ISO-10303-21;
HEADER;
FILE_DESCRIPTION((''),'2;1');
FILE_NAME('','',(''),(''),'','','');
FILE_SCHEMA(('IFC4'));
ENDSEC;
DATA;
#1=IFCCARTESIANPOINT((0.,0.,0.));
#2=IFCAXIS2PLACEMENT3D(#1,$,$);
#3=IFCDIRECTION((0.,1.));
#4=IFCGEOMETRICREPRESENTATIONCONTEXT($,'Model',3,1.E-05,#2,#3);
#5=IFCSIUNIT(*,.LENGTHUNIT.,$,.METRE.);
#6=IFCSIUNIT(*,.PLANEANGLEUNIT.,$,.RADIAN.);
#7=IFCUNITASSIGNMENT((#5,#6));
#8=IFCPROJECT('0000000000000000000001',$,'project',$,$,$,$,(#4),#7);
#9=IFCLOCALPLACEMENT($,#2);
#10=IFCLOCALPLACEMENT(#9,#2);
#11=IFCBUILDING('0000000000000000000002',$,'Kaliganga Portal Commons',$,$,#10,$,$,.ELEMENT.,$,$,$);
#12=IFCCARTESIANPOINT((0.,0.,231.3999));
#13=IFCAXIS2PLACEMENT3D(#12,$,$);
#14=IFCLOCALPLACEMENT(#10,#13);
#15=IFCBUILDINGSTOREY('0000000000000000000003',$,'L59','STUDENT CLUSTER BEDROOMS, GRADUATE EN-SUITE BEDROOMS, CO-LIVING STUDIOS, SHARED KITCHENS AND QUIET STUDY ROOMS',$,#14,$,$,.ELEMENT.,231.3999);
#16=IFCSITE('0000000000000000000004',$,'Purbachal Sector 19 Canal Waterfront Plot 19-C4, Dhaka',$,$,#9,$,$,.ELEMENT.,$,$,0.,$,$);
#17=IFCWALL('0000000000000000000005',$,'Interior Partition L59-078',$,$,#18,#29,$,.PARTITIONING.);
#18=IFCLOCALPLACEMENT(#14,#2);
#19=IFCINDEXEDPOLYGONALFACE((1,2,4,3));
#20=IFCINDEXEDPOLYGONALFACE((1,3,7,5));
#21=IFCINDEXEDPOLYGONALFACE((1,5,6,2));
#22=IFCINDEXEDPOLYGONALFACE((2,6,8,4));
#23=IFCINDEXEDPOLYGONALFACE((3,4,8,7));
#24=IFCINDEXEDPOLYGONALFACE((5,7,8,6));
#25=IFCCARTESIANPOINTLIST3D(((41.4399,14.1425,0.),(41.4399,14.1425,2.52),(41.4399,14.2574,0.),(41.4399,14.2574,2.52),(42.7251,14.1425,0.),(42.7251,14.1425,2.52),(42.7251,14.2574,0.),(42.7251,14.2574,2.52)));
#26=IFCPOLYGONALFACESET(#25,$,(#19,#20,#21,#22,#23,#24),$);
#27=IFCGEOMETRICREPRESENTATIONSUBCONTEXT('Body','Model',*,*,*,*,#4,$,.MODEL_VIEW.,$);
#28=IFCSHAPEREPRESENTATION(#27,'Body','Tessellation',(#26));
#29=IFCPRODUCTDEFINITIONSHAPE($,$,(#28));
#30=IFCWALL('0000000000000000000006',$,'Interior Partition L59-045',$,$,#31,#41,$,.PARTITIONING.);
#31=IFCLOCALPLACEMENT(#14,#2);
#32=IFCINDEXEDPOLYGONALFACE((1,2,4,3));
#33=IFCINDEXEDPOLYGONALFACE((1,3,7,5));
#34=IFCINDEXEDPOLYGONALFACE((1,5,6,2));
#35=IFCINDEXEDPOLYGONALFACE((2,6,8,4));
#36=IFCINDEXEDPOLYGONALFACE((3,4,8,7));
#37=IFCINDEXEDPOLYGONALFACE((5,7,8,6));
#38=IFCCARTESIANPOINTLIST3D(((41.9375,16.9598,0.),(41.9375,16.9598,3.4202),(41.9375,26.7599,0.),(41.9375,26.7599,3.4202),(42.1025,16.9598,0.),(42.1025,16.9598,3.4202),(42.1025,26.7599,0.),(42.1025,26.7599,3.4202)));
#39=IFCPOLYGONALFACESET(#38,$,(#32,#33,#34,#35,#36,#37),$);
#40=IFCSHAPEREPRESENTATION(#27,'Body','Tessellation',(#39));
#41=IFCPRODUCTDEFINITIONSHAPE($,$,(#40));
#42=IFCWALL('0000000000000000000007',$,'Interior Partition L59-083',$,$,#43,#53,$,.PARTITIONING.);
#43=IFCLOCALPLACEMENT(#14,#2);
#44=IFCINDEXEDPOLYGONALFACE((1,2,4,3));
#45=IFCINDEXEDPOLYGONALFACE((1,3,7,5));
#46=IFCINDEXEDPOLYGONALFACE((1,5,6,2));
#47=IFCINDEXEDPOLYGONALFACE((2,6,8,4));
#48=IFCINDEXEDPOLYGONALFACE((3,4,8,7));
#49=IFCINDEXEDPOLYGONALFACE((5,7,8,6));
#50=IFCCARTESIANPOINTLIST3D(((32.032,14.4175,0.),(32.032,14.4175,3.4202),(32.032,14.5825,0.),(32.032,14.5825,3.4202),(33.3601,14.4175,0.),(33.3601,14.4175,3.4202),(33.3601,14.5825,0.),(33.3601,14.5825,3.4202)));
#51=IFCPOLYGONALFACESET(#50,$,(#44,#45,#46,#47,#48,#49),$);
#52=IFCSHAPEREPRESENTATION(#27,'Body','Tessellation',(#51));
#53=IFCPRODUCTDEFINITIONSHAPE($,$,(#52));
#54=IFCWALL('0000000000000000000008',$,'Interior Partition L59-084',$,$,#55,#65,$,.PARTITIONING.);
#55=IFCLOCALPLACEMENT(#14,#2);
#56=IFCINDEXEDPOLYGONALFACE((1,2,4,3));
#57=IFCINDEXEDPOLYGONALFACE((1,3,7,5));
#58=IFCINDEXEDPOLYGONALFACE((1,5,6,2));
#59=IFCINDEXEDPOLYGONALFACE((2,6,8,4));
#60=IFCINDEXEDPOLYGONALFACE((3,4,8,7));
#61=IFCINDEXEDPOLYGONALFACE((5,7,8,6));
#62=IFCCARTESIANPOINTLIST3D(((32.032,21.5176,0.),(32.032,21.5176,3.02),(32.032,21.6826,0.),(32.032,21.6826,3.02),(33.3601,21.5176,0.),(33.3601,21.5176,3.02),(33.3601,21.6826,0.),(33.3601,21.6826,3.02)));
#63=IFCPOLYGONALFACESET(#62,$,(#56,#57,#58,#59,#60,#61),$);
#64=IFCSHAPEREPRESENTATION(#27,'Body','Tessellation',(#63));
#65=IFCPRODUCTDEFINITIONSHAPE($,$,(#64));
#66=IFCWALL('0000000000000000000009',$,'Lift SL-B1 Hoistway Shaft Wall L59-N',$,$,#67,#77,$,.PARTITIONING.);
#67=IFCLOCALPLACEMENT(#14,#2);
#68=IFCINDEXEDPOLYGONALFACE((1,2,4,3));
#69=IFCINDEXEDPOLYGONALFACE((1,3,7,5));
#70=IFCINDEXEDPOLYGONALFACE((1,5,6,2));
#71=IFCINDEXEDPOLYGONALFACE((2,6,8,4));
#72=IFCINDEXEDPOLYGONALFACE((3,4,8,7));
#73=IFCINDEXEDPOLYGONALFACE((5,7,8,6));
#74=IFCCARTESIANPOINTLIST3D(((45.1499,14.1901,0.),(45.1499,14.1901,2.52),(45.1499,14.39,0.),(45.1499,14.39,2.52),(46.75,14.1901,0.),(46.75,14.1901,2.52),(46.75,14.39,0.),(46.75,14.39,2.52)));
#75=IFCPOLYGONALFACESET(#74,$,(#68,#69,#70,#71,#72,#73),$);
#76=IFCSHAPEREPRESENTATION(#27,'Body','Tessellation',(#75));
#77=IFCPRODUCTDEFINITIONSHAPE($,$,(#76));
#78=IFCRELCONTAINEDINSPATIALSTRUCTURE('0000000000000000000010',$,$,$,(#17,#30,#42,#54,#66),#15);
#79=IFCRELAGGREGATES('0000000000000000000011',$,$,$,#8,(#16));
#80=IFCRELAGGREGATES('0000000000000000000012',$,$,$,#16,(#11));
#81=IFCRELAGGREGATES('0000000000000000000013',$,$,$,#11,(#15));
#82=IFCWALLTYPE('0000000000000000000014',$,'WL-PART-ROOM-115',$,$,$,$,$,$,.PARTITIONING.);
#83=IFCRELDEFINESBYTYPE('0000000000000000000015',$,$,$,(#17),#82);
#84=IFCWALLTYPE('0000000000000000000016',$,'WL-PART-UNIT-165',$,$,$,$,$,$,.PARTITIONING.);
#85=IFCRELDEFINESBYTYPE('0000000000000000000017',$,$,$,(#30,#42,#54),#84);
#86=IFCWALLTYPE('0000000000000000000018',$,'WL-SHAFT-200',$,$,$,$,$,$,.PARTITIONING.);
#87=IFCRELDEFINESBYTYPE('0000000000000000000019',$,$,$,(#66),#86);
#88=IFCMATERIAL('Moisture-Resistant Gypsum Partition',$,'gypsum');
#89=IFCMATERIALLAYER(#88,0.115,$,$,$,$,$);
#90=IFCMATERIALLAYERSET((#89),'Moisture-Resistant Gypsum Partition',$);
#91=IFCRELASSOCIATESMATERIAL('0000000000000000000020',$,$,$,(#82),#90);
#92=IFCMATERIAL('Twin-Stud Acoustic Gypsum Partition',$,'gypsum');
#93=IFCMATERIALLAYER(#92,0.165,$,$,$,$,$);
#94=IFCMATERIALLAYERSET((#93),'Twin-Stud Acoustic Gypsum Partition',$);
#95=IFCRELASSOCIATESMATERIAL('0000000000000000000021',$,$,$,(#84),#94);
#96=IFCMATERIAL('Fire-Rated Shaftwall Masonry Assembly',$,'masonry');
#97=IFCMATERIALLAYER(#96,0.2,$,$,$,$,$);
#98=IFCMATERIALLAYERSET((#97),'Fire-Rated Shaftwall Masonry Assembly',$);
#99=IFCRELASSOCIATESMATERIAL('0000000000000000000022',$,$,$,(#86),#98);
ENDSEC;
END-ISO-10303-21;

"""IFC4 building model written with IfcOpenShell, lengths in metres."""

from ifc_helpers import new_model, si_unit, direction, frame, frame_2d, origin, place, context, subcontext, project, spatial, rectangle, extrude, material, layer, layer_set, type_object, element, save


model = new_model("IFC4")

# Units and contexts
model_context = context("Model", 3, precision=1e-05, world=origin(), true_north=direction((0.0, 1.0)))
body_context = subcontext(model_context, "Body", "Model", "MODEL_VIEW")
ifc_project = project(units=[si_unit("LENGTHUNIT", "METRE"), si_unit("PLANEANGLEUNIT", "RADIAN")], contexts=[model_context])

# Site, building, storey
site_placement = place(None, origin())
site = spatial("IfcSite", under=ifc_project, at=site_placement, Name="Purbachal Sector 19 Canal Waterfront Plot 19-C4, Dhaka", CompositionType="ELEMENT", RefElevation=0.0)
building_placement = place(site_placement, origin())
building = spatial("IfcBuilding", under=site, at=building_placement, Name="Kaliganga Portal Commons", CompositionType="ELEMENT")
storey_placement = place(building_placement, frame((0.0, 0.0, 231.3999)))
storey = spatial("IfcBuildingStorey", under=building, at=storey_placement, Name="L59", Description="STUDENT CLUSTER BEDROOMS, GRADUATE EN-SUITE BEDROOMS, CO-LIVING STUDIOS, SHARED KITCHENS AND QUIET STUDY ROOMS", CompositionType="ELEMENT", Elevation=231.3999)

# Walls
ifc_material_1 = material(Name="Moisture-Resistant Gypsum Partition", Category="gypsum")
ifc_layer_1 = layer(ifc_material_1, 0.115)
ifc_layer_set_1 = layer_set([ifc_layer_1], Name="Moisture-Resistant Gypsum Partition")
wall_type_1 = type_object("IfcWallType", Name="WL-PART-ROOM-115", PredefinedType="PARTITIONING", material=ifc_layer_set_1)
wall_1_placement = place(storey_placement, frame((41.4399, 14.2, 0.0), z_axis=(0.0, 0.0, 1.0), x_axis=(1.0, 0.0, 0.0)))
element("IfcWall", 1, at=wall_1_placement, inside=storey, type_object=wall_type_1, Name="Interior Partition L59-078", PredefinedType="PARTITIONING", context=body_context, shape_type="SweptSolid", body=[
    extrude(rectangle(XDim=1.2852, YDim=0.115, at=frame_2d((0.6426, 0.0))), origin(), (0.0, 0.0, 1.0), 2.52),
])
ifc_material_2 = material(Name="Twin-Stud Acoustic Gypsum Partition", Category="gypsum")
ifc_layer_2 = layer(ifc_material_2, 0.165)
ifc_layer_set_2 = layer_set([ifc_layer_2], Name="Twin-Stud Acoustic Gypsum Partition")
wall_type_2 = type_object("IfcWallType", Name="WL-PART-UNIT-165", PredefinedType="PARTITIONING", material=ifc_layer_set_2)
wall_2_placement = place(storey_placement, frame((42.02, 16.96, 0.0), z_axis=(0.0, 0.0, 1.0), x_axis=(0.0, 1.0, 0.0)))
element("IfcWall", 2, at=wall_2_placement, inside=storey, type_object=wall_type_2, Name="Interior Partition L59-045", PredefinedType="PARTITIONING", context=body_context, shape_type="SweptSolid", body=[
    extrude(rectangle(XDim=9.8, YDim=0.165, at=frame_2d((4.8999, 0.0))), origin(), (0.0, 0.0, 1.0), 3.4202),
])
wall_3_placement = place(storey_placement, frame((32.032, 14.5, 0.0), z_axis=(0.0, 0.0, 1.0), x_axis=(1.0, 0.0, 0.0)))
element("IfcWall", 3, at=wall_3_placement, inside=storey, type_object=wall_type_2, Name="Interior Partition L59-083", PredefinedType="PARTITIONING", context=body_context, shape_type="SweptSolid", body=[
    extrude(rectangle(XDim=1.3281, YDim=0.165, at=frame_2d((0.6641, 0.0))), origin(), (0.0, 0.0, 1.0), 3.4202),
])
wall_4_placement = place(storey_placement, frame((32.032, 21.6001, 0.0), z_axis=(0.0, 0.0, 1.0), x_axis=(1.0, 0.0, 0.0)))
element("IfcWall", 4, at=wall_4_placement, inside=storey, type_object=wall_type_2, Name="Interior Partition L59-084", PredefinedType="PARTITIONING", context=body_context, shape_type="SweptSolid", body=[
    extrude(rectangle(XDim=1.3281, YDim=0.165, at=frame_2d((0.6641, 0.0))), origin(), (0.0, 0.0, 1.0), 3.02),
])
ifc_material_3 = material(Name="Fire-Rated Shaftwall Masonry Assembly", Category="masonry")
ifc_layer_3 = layer(ifc_material_3, 0.2)
ifc_layer_set_3 = layer_set([ifc_layer_3], Name="Fire-Rated Shaftwall Masonry Assembly")
wall_type_3 = type_object("IfcWallType", Name="WL-SHAFT-200", PredefinedType="PARTITIONING", material=ifc_layer_set_3)
wall_5_placement = place(storey_placement, frame((45.1499, 14.29, 0.0), z_axis=(0.0, 0.0, 1.0), x_axis=(1.0, 0.0, 0.0)))
element("IfcWall", 5, at=wall_5_placement, inside=storey, type_object=wall_type_3, Name="Lift SL-B1 Hoistway Shaft Wall L59-N", PredefinedType="PARTITIONING", context=body_context, shape_type="SweptSolid", body=[
    extrude(rectangle(XDim=1.6001, YDim=0.2, at=frame_2d((0.8, 0.0))), origin(), (0.0, 0.0, 1.0), 2.52),
])

save(model, "model.ifc")
